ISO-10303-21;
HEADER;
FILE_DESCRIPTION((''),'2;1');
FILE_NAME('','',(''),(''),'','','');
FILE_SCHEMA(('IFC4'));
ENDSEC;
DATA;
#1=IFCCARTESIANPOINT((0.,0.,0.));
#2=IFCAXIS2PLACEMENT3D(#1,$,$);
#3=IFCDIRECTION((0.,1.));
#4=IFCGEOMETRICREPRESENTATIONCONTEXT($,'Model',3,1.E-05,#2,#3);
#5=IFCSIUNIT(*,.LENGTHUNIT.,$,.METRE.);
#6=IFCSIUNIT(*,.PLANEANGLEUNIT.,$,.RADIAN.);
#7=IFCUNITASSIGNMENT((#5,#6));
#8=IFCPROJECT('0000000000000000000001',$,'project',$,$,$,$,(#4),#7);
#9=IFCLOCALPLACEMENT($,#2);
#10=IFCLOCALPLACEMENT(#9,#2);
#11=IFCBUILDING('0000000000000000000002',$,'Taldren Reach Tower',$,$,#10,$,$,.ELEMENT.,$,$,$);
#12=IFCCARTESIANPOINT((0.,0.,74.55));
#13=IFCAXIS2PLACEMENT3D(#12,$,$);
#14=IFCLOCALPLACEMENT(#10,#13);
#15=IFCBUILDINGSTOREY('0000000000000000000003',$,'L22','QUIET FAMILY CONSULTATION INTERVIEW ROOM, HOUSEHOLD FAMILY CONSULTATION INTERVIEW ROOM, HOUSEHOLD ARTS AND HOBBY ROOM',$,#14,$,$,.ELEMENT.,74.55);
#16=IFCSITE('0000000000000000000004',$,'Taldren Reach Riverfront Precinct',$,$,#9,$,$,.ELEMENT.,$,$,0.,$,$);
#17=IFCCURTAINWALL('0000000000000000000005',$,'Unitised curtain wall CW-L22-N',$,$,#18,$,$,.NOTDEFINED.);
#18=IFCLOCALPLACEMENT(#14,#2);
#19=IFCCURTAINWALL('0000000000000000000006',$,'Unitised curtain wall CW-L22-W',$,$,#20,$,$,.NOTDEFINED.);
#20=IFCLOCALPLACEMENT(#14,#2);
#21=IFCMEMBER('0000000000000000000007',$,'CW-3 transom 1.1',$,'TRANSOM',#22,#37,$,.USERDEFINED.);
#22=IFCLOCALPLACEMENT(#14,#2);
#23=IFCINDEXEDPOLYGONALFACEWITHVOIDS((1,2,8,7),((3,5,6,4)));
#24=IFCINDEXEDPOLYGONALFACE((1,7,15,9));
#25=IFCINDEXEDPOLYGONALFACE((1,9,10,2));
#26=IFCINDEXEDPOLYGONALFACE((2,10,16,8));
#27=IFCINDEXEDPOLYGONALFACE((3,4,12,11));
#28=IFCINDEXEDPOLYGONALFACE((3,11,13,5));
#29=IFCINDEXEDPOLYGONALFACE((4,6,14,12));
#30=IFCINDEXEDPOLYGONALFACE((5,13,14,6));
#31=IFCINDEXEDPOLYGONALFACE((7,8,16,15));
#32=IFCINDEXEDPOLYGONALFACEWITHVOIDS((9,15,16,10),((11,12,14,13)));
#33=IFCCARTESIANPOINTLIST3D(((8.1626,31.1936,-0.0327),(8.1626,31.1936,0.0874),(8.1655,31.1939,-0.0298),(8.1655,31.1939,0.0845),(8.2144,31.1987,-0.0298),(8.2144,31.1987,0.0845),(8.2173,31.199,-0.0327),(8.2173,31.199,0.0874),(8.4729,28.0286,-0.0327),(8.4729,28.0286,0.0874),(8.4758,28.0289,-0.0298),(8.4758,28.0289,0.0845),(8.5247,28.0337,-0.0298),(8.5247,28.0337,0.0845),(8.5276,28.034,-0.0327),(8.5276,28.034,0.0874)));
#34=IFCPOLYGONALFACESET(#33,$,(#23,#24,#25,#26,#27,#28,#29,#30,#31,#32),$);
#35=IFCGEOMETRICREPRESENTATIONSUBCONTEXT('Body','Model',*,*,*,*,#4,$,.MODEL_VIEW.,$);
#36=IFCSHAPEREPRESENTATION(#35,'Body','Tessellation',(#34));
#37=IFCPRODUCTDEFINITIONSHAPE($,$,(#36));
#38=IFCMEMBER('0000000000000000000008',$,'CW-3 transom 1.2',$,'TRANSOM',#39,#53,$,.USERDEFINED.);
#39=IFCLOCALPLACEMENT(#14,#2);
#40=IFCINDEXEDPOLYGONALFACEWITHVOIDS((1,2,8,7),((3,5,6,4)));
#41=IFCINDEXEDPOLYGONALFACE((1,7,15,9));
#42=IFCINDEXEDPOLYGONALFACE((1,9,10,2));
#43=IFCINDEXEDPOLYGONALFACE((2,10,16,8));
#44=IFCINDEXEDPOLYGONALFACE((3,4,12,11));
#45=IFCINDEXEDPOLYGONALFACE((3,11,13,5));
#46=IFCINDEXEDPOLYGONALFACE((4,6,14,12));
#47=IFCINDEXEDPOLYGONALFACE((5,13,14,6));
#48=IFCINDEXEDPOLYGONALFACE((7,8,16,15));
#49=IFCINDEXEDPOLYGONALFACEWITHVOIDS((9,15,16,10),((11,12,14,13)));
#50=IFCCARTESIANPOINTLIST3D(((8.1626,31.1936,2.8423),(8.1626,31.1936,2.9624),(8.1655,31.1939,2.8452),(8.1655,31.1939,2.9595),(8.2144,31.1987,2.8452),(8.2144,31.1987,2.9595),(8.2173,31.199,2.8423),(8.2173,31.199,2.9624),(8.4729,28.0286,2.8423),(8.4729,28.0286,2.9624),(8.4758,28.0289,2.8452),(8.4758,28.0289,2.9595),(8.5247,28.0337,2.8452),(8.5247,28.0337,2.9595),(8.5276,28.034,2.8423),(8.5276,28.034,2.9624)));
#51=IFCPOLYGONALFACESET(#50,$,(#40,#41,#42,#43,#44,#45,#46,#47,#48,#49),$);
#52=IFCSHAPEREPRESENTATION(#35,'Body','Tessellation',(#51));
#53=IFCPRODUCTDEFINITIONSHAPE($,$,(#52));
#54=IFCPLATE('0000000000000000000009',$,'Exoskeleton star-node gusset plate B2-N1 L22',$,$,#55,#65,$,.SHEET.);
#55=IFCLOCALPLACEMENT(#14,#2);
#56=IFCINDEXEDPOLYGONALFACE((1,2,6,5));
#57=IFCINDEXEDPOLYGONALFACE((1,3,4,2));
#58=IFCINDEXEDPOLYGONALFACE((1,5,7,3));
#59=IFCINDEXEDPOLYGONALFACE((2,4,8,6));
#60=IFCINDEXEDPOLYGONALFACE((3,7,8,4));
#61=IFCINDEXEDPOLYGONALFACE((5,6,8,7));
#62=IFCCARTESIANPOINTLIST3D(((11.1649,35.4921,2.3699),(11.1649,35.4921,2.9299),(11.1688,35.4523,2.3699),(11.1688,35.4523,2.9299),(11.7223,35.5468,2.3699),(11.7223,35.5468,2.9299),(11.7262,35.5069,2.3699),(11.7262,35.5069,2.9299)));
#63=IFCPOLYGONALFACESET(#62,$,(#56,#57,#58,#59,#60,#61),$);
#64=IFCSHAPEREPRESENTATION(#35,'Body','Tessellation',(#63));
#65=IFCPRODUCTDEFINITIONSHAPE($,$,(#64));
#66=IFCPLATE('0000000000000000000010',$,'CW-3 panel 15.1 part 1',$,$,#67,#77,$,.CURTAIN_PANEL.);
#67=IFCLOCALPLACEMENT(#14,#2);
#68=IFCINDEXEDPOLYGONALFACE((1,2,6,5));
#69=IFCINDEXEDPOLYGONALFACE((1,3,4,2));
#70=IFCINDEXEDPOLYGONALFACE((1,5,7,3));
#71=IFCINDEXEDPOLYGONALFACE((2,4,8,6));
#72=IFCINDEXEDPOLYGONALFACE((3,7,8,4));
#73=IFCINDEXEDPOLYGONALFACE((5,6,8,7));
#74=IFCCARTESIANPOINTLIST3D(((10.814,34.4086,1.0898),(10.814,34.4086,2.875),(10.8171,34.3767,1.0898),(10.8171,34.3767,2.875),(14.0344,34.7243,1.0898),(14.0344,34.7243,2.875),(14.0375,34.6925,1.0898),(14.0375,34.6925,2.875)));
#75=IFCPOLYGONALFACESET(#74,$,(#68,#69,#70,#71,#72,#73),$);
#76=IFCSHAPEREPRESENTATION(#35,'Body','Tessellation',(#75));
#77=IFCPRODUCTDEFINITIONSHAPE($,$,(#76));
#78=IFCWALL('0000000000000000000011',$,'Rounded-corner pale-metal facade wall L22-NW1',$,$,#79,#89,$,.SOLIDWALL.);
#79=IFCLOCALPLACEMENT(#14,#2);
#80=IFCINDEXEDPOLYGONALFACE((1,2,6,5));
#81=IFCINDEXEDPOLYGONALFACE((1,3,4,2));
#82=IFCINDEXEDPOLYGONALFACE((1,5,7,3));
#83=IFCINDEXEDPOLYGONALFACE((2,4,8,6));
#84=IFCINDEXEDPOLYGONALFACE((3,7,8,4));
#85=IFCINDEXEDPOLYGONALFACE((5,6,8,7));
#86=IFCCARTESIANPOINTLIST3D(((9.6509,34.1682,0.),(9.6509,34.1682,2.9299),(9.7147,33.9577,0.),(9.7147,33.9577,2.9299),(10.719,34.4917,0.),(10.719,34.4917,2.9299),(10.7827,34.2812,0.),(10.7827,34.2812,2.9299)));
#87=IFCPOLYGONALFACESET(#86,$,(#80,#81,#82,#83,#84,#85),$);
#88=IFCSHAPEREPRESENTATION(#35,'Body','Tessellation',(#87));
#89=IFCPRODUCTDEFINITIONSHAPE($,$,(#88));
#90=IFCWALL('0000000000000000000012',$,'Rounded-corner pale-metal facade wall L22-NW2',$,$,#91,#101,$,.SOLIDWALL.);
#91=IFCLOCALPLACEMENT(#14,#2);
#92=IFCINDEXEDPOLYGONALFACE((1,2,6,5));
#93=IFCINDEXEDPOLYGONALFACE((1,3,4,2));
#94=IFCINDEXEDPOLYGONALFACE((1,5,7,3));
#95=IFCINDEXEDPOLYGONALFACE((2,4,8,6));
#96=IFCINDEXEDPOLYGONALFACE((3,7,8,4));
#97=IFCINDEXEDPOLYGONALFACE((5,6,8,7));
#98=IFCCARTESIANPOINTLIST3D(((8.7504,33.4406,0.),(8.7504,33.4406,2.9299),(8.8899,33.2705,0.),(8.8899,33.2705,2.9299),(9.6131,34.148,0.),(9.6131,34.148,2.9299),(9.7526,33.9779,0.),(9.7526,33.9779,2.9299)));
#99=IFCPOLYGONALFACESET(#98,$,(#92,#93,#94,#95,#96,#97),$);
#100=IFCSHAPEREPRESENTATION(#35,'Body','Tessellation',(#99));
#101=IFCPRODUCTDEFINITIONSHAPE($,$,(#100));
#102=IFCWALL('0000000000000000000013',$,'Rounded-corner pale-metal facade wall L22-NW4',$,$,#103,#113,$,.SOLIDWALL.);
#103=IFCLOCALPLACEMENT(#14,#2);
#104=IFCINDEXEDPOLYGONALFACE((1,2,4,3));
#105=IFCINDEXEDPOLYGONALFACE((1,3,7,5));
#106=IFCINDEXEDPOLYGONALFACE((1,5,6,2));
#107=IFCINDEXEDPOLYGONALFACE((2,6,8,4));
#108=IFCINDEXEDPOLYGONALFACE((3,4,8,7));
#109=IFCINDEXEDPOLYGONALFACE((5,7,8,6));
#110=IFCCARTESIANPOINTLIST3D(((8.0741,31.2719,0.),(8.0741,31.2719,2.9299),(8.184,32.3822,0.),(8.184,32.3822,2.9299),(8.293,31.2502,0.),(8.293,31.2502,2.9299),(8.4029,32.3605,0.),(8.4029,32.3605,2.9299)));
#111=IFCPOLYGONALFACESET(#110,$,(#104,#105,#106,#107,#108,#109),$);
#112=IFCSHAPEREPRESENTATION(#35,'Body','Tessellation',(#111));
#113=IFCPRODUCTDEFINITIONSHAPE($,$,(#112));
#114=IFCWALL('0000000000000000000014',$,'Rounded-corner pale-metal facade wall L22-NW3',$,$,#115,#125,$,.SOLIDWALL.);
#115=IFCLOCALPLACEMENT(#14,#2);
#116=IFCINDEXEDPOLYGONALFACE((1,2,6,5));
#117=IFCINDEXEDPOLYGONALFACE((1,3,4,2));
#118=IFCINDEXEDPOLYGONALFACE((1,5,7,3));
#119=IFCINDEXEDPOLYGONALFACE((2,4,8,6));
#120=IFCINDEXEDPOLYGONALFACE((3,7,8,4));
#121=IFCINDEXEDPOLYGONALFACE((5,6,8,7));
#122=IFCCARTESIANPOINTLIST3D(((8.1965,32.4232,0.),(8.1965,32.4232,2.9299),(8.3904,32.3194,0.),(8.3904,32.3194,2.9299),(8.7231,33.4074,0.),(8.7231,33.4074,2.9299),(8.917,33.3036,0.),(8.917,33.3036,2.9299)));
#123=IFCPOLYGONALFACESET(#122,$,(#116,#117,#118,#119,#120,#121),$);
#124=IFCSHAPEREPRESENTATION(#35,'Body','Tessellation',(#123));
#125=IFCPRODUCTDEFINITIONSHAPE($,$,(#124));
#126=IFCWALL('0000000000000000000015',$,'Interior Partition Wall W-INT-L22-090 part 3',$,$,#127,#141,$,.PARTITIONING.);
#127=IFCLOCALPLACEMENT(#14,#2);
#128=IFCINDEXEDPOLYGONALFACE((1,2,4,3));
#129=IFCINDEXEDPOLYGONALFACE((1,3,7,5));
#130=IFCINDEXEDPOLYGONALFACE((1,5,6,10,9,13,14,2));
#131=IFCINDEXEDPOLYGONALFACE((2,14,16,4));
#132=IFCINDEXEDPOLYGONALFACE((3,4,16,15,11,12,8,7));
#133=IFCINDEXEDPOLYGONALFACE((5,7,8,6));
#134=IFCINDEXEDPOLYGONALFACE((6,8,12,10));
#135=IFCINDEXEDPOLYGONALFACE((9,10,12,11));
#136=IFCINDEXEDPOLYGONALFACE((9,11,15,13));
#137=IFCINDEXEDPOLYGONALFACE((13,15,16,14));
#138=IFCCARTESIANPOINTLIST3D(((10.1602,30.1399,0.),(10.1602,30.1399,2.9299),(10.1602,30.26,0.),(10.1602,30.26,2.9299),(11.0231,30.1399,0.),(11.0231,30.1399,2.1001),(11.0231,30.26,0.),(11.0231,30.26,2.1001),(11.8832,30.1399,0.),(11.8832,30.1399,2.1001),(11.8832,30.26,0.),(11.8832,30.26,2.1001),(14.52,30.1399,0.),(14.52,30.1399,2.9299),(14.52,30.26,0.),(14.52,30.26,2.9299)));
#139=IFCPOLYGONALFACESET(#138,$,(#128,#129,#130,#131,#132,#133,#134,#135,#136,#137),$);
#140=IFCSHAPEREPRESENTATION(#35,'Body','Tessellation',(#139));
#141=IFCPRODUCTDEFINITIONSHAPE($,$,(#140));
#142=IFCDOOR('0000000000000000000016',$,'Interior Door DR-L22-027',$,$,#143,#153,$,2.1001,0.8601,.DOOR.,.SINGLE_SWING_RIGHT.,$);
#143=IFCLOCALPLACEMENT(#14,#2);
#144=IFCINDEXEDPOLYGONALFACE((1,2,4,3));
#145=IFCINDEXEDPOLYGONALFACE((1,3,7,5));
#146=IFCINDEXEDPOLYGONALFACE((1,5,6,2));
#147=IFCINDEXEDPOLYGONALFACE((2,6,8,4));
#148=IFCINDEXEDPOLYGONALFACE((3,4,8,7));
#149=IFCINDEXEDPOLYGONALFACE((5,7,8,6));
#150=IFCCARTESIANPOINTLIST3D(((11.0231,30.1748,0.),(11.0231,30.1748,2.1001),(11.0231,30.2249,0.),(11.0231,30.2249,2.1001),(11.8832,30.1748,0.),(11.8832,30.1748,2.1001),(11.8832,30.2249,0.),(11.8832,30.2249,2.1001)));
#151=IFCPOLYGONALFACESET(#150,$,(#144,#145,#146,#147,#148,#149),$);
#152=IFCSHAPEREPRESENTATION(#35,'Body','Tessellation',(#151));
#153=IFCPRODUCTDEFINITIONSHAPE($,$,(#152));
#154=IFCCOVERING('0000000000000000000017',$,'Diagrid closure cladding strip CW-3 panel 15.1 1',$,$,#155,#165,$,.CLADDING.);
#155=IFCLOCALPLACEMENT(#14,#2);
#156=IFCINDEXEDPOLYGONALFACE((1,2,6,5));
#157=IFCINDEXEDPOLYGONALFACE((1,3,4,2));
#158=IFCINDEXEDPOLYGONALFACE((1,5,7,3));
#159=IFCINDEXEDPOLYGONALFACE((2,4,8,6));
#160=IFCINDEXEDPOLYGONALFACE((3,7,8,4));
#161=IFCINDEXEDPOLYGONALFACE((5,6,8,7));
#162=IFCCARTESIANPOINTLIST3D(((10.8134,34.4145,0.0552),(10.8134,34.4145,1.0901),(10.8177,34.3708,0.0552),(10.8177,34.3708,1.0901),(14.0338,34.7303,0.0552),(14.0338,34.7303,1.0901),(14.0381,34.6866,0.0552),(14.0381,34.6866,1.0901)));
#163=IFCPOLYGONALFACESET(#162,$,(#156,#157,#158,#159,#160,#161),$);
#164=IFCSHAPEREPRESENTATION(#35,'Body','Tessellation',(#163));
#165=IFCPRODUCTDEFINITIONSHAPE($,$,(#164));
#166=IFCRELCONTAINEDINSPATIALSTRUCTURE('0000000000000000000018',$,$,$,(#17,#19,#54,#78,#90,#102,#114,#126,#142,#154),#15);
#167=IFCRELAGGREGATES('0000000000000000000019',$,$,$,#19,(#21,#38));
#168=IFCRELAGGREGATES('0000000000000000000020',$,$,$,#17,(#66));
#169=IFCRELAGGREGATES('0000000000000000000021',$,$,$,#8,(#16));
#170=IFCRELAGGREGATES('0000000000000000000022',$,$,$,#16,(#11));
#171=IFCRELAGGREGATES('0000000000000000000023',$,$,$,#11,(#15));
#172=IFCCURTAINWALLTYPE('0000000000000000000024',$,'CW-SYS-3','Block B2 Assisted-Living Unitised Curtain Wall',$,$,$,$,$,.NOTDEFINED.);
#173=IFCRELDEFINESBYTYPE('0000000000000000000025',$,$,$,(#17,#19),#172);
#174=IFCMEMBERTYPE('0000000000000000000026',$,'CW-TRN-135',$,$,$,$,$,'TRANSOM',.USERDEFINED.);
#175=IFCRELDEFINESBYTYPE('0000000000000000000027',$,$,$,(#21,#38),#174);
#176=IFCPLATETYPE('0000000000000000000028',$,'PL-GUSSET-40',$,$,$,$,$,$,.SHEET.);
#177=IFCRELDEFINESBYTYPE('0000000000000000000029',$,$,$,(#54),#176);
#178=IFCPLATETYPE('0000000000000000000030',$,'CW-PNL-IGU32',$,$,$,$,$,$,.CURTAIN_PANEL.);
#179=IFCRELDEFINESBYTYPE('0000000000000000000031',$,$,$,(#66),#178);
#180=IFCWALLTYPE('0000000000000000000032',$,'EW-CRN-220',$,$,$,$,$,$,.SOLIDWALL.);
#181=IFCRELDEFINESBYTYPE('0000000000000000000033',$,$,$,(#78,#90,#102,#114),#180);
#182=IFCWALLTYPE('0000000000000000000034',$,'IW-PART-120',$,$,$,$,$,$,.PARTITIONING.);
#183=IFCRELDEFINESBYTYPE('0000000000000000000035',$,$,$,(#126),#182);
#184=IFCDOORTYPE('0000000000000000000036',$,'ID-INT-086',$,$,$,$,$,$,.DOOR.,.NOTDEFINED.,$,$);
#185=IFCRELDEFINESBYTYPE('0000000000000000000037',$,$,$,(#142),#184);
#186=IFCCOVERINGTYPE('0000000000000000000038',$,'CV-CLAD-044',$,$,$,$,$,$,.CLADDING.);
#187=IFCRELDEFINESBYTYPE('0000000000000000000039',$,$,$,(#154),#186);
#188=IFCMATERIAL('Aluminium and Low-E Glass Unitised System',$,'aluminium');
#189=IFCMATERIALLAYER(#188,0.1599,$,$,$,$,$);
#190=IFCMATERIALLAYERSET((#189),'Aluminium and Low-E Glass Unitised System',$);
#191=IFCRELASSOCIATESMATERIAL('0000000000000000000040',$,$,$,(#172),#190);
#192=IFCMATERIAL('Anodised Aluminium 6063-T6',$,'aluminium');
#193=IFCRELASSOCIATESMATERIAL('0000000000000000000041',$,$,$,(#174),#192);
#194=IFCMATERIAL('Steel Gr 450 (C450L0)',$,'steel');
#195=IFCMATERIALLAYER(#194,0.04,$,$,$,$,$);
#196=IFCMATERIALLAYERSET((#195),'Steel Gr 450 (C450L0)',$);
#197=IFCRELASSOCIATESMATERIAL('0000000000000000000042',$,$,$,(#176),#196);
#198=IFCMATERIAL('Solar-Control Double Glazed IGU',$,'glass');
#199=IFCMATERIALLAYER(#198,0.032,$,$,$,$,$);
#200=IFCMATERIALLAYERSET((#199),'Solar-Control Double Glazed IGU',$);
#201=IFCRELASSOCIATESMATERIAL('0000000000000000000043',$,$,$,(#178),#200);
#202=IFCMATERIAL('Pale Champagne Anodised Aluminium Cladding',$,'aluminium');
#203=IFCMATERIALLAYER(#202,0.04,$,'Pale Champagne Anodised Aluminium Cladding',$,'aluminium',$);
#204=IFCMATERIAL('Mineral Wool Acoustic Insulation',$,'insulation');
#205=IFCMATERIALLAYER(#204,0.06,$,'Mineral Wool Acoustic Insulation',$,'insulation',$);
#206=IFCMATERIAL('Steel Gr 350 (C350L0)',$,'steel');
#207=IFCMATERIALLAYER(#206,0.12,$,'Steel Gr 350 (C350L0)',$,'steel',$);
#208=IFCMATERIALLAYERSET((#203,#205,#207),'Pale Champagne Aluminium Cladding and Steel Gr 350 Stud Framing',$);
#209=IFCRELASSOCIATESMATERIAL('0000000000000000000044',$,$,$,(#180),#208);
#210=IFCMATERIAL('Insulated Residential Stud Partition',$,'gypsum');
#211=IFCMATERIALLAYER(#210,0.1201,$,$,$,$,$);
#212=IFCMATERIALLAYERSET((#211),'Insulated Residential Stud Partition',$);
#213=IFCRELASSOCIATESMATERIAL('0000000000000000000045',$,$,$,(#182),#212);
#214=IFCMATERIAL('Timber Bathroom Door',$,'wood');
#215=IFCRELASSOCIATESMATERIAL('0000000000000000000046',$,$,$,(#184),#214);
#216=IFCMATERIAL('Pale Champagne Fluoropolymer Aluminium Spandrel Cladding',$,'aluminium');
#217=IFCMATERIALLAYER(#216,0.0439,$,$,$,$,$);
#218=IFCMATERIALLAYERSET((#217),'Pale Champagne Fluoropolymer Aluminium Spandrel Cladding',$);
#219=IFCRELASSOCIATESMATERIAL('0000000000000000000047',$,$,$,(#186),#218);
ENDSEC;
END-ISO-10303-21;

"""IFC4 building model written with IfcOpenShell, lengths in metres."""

from ifc_helpers import new_model, si_unit, direction, frame, frame_2d, origin, origin_2d, place, context, subcontext, project, spatial, rectangle, hollow_rectangle, extrude, source, transform, mapped, material, layer, layer_set, material_profile, profile_set, type_object, element, fill, aggregate, save


model = new_model("IFC4")

# Units and contexts
model_context = context("Model", 3, precision=1e-05, world=origin(), true_north=direction((0.0, 1.0)))
body_context = subcontext(model_context, "Body", "Model", "MODEL_VIEW")
ifc_project = project(units=[si_unit("LENGTHUNIT", "METRE"), si_unit("PLANEANGLEUNIT", "RADIAN")], contexts=[model_context])

# Site, building, storey
site_placement = place(None, origin())
site = spatial("IfcSite", under=ifc_project, at=site_placement, Name="Taldren Reach Riverfront Precinct", CompositionType="ELEMENT", RefElevation=0.0)
building_placement = place(site_placement, origin())
building = spatial("IfcBuilding", under=site, at=building_placement, Name="Taldren Reach Tower", CompositionType="ELEMENT")
storey_placement = place(building_placement, frame((0.0, 0.0, 74.55)))
storey = spatial("IfcBuildingStorey", under=building, at=storey_placement, Name="L22", Description="QUIET FAMILY CONSULTATION INTERVIEW ROOM, HOUSEHOLD FAMILY CONSULTATION INTERVIEW ROOM, HOUSEHOLD ARTS AND HOBBY ROOM", CompositionType="ELEMENT", Elevation=74.55)

# Shared definitions
ifc_material_1 = material(Name="Steel Gr 450 (C450L0)", Category="steel")
ifc_material_2 = material(Name="Steel Gr 350 (C350L0)", Category="steel")

# Curtain wall
ifc_material_3 = material(Name="Aluminium and Low-E Glass Unitised System", Category="aluminium")
ifc_layer_1 = layer(ifc_material_3, 0.1599)
ifc_layer_set_1 = layer_set([ifc_layer_1], Name="Aluminium and Low-E Glass Unitised System")
curtain_wall_type = type_object("IfcCurtainWallType", Name="CW-SYS-3", Description="Block B2 Assisted-Living Unitised Curtain Wall", PredefinedType="NOTDEFINED", material=ifc_layer_set_1)
curtain_wall_1_placement = place(storey_placement, origin())
curtain_wall_1 = element("IfcCurtainWall", 1, at=curtain_wall_1_placement, inside=storey, type_object=curtain_wall_type, Name="Unitised curtain wall CW-L22-N", PredefinedType="NOTDEFINED")
ifc_material_4 = material(Name="Anodised Aluminium 6063-T6", Category="aluminium")

# Curtain wall, members
curtain_wall_2_placement = place(storey_placement, origin())
curtain_wall_2 = element("IfcCurtainWall", 2, at=curtain_wall_2_placement, inside=storey, type_object=curtain_wall_type, Name="Unitised curtain wall CW-L22-W", PredefinedType="NOTDEFINED")
ifc_material_profile_1 = material_profile(ifc_material_4, hollow_rectangle(XDim=0.0549, YDim=0.1201, WallThickness=0.0029, at=origin_2d()), Name="ALU-120x55x3RHS")
ifc_profile_set_1 = profile_set([ifc_material_profile_1], Name="Anodised Aluminium 6063-T6")
member_type_1 = type_object("IfcMemberType", Name="CW-TRN-135", ElementType="TRANSOM", PredefinedType="USERDEFINED", material=ifc_profile_set_1)
shared_shape_1 = source(origin(), body_context, "Body", "SweptSolid", [
    extrude(hollow_rectangle(XDim=0.0549, YDim=0.1201, WallThickness=0.0029, at=origin_2d()), origin(), (0.0, 0.0, 1.0), 3.1802),
])
member_1_placement = place(storey_placement, frame((8.1899, 31.1963, 0.0273), z_axis=(0.097573, -0.995228, 0.0), x_axis=(0.995228, 0.097573, 0.0)))
member_1 = element("IfcMember", 3, at=member_1_placement, type_object=member_type_1, Name="CW-3 transom 1.1", ObjectType="TRANSOM", PredefinedType="USERDEFINED", context=body_context, shape_type="MappedRepresentation", body=[
    mapped(shared_shape_1, transform((0.0, 0.0, 0.0), scale=1.0)),
])
member_2_placement = place(storey_placement, frame((8.1899, 31.1963, 2.9023), z_axis=(0.097573, -0.995228, 0.0), x_axis=(0.995228, 0.097573, 0.0)))
member_2 = element("IfcMember", 4, at=member_2_placement, type_object=member_type_1, Name="CW-3 transom 1.2", ObjectType="TRANSOM", PredefinedType="USERDEFINED", context=body_context, shape_type="MappedRepresentation", body=[
    mapped(shared_shape_1, transform((0.0, 0.0, 0.0), scale=1.0)),
])
aggregate(curtain_wall_2, [member_1, member_2])

# Plates
ifc_layer_2 = layer(ifc_material_1, 0.04)
ifc_layer_set_2 = layer_set([ifc_layer_2], Name="Steel Gr 450 (C450L0)")
plate_type_1 = type_object("IfcPlateType", Name="PL-GUSSET-40", PredefinedType="SHEET", material=ifc_layer_set_2)
shared_shape_2 = source(origin(), body_context, "Body", "SweptSolid", [
    extrude(rectangle(XDim=0.5601, YDim=0.04, at=origin_2d()), origin(), (0.0, 0.0, 1.0), 0.5601),
])
plate_1_placement = place(storey_placement, frame((11.4456, 35.4995, 2.3699), z_axis=(0.0, 0.0, 1.0), x_axis=(0.995227, 0.097583, 0.0)))
element("IfcPlate", 5, at=plate_1_placement, inside=storey, type_object=plate_type_1, Name="Exoskeleton star-node gusset plate B2-N1 L22", PredefinedType="SHEET", context=body_context, shape_type="MappedRepresentation", body=[
    mapped(shared_shape_2, transform((0.0, 0.0, 0.0), scale=1.0)),
])
ifc_material_5 = material(Name="Solar-Control Double Glazed IGU", Category="glass")
ifc_layer_3 = layer(ifc_material_5, 0.032)
ifc_layer_set_3 = layer_set([ifc_layer_3], Name="Solar-Control Double Glazed IGU")
plate_type_2 = type_object("IfcPlateType", Name="CW-PNL-IGU32", PredefinedType="CURTAIN_PANEL", material=ifc_layer_set_3)
shared_shape_3 = source(origin(), body_context, "Body", "SweptSolid", [
    extrude(rectangle(XDim=3.2358, YDim=0.032, at=origin_2d()), origin(), (0.0, 0.0, 1.0), 1.7852),
])
plate_2_placement = place(storey_placement, frame((12.4258, 34.5505, 1.0898), z_axis=(0.0, 0.0, 1.0), x_axis=(-0.995227, -0.097583, 0.0)))
plate_2 = element("IfcPlate", 6, at=plate_2_placement, type_object=plate_type_2, Name="CW-3 panel 15.1 part 1", PredefinedType="CURTAIN_PANEL", context=body_context, shape_type="MappedRepresentation", body=[
    mapped(shared_shape_3, transform((0.0, 0.0, 0.0), scale=1.0)),
])
aggregate(curtain_wall_1, [plate_2])

# Walls
ifc_material_6 = material(Name="Pale Champagne Anodised Aluminium Cladding", Category="aluminium")
ifc_layer_4 = layer(ifc_material_6, 0.04, Name="Pale Champagne Anodised Aluminium Cladding", Category="aluminium")
ifc_material_7 = material(Name="Mineral Wool Acoustic Insulation", Category="insulation")
ifc_layer_5 = layer(ifc_material_7, 0.06, Name="Mineral Wool Acoustic Insulation", Category="insulation")
ifc_layer_6 = layer(ifc_material_2, 0.12, Name="Steel Gr 350 (C350L0)", Category="steel")
ifc_layer_set_4 = layer_set([ifc_layer_4, ifc_layer_5, ifc_layer_6], Name="Pale Champagne Aluminium Cladding and Steel Gr 350 Stud Framing")
wall_type_1 = type_object("IfcWallType", Name="EW-CRN-220", PredefinedType="SOLIDWALL", material=ifc_layer_set_4)
shared_shape_4 = source(origin(), body_context, "Body", "SweptSolid", [
    extrude(rectangle(XDim=1.116, YDim=0.22, at=frame_2d((0.5581, 0.0))), origin(), (0.0, 0.0, 1.0), 2.9299),
])
wall_1_placement = place(storey_placement, frame((10.751, 34.3865, 0.0), z_axis=(0.0, 0.0, 1.0), x_axis=(-0.95707, -0.289856, 0.0)))
element("IfcWall", 7, at=wall_1_placement, inside=storey, type_object=wall_type_1, Name="Rounded-corner pale-metal facade wall L22-NW1", PredefinedType="SOLIDWALL", context=body_context, shape_type="MappedRepresentation", body=[
    mapped(shared_shape_4, transform((0.0, 0.0, 0.0), scale=1.0)),
])
shared_shape_5 = source(origin(), body_context, "Body", "SweptSolid", [
    extrude(rectangle(XDim=1.1157, YDim=0.22, at=frame_2d((0.5579, 0.0))), origin(), (0.0, 0.0, 1.0), 2.9299),
])
for number, where, z_axis, x_axis, name in (
    (8, (9.6829, 34.063, 0.0), (0.0, 0.0, 1.0), (-0.773255, -0.634095, 0.0), "Rounded-corner pale-metal facade wall L22-NW2"),
    (9, (8.2935, 32.3713, 0.0), (0.0, 0.0, 1.0), (-0.098464, -0.995141, 0.0), "Rounded-corner pale-metal facade wall L22-NW4"),
):
    element("IfcWall", number, at=place(storey_placement, frame(where, z_axis=z_axis, x_axis=x_axis)), inside=storey, type_object=wall_type_1, Name=name, PredefinedType="SOLIDWALL", context=body_context, shape_type="MappedRepresentation", body=[
        mapped(shared_shape_5, transform((0.0, 0.0, 0.0), scale=1.0)),
    ])
shared_shape_6 = source(origin(), body_context, "Body", "SweptSolid", [
    extrude(rectangle(XDim=1.1162, YDim=0.22, at=frame_2d((0.5581, 0.0))), origin(), (0.0, 0.0, 1.0), 2.9299),
])
wall_2_placement = place(storey_placement, frame((8.8201, 33.3555, 0.0), z_axis=(0.0, 0.0, 1.0), x_axis=(-0.471803, -0.881704, 0.0)))
element("IfcWall", 10, at=wall_2_placement, inside=storey, type_object=wall_type_1, Name="Rounded-corner pale-metal facade wall L22-NW3", PredefinedType="SOLIDWALL", context=body_context, shape_type="MappedRepresentation", body=[
    mapped(shared_shape_6, transform((0.0, 0.0, 0.0), scale=1.0)),
])

# Wall, opening, door
ifc_material_8 = material(Name="Insulated Residential Stud Partition", Category="gypsum")
ifc_layer_7 = layer(ifc_material_8, 0.1201)
ifc_layer_set_5 = layer_set([ifc_layer_7], Name="Insulated Residential Stud Partition")
wall_type_2 = type_object("IfcWallType", Name="IW-PART-120", PredefinedType="PARTITIONING", material=ifc_layer_set_5)
shared_shape_7 = source(origin(), body_context, "Body", "SweptSolid", [
    extrude(rectangle(XDim=4.3599, YDim=0.1201, at=frame_2d((2.1799, 0.0))), origin(), (0.0, 0.0, 1.0), 2.9299),
])
wall_3_placement = place(storey_placement, frame((10.1602, 30.2, 0.0), z_axis=(0.0, 0.0, 1.0), x_axis=(1.0, 0.0, 0.0)))
wall_3 = element("IfcWall", 11, at=wall_3_placement, inside=storey, type_object=wall_type_2, Name="Interior Partition Wall W-INT-L22-090 part 3", PredefinedType="PARTITIONING", context=body_context, shape_type="MappedRepresentation", body=[
    mapped(shared_shape_7, transform((0.0, 0.0, 0.0), scale=1.0)),
])
shared_shape_8 = source(origin(), body_context, "Body", "SweptSolid", [
    extrude(rectangle(XDim=0.8601, YDim=2.1001, at=frame_2d((0.4302, 1.05))), frame((0.0, 0.0701, 0.0), z_axis=(0.0, -1.0, 0.0), x_axis=(1.0, 0.0, 0.0)), (0.0, 0.0, 1.0), 0.1401),
])
opening_placement = place(wall_3_placement, frame((0.8628, 0.0, 0.0)))
opening = element("IfcOpeningElement", 12, at=opening_placement, cuts=wall_3, PredefinedType="OPENING", context=body_context, shape_type="MappedRepresentation", body=[
    mapped(shared_shape_8, transform((0.0, 0.0, 0.0), scale=1.0)),
])
ifc_material_9 = material(Name="Timber Bathroom Door", Category="wood")
door_type = type_object("IfcDoorType", Name="ID-INT-086", OperationType="NOTDEFINED", PredefinedType="DOOR", material=ifc_material_9)
shared_shape_9 = source(origin(), body_context, "Body", "SweptSolid", [
    extrude(rectangle(XDim=0.8601, YDim=2.1001, at=frame_2d((0.4302, 1.05))), frame((0.0, 0.0249, 0.0), z_axis=(0.0, -1.0, 0.0), x_axis=(1.0, 0.0, 0.0)), (0.0, 0.0, 1.0), 0.05),
])
door_placement = place(opening_placement, origin())
door = element("IfcDoor", 13, at=door_placement, inside=storey, type_object=door_type, Name="Interior Door DR-L22-027", OperationType="SINGLE_SWING_RIGHT", OverallHeight=2.1001, OverallWidth=0.8601, PredefinedType="DOOR", context=body_context, shape_type="MappedRepresentation", body=[
    mapped(shared_shape_9, transform((0.0, 0.0, 0.0), scale=1.0)),
])
fill(opening, door)

# Covering
ifc_material_10 = material(Name="Pale Champagne Fluoropolymer Aluminium Spandrel Cladding", Category="aluminium")
ifc_layer_8 = layer(ifc_material_10, 0.0439)
ifc_layer_set_6 = layer_set([ifc_layer_8], Name="Pale Champagne Fluoropolymer Aluminium Spandrel Cladding")
covering_type = type_object("IfcCoveringType", Name="CV-CLAD-044", PredefinedType="CLADDING", material=ifc_layer_set_6)
shared_shape_10 = source(origin(), body_context, "Body", "SweptSolid", [
    extrude(rectangle(XDim=3.2358, YDim=0.0439, at=origin_2d()), origin(), (0.0, 0.0, 1.0), 1.0349),
])
covering_placement = place(storey_placement, frame((12.4258, 34.5505, 0.0552), z_axis=(0.0, 0.0, 1.0), x_axis=(-0.995227, -0.097583, 0.0)))
element("IfcCovering", 14, at=covering_placement, inside=storey, type_object=covering_type, Name="Diagrid closure cladding strip CW-3 panel 15.1 1", PredefinedType="CLADDING", context=body_context, shape_type="MappedRepresentation", body=[
    mapped(shared_shape_10, transform((0.0, 0.0, 0.0), scale=1.0)),
])

save(model, "model.ifc")
